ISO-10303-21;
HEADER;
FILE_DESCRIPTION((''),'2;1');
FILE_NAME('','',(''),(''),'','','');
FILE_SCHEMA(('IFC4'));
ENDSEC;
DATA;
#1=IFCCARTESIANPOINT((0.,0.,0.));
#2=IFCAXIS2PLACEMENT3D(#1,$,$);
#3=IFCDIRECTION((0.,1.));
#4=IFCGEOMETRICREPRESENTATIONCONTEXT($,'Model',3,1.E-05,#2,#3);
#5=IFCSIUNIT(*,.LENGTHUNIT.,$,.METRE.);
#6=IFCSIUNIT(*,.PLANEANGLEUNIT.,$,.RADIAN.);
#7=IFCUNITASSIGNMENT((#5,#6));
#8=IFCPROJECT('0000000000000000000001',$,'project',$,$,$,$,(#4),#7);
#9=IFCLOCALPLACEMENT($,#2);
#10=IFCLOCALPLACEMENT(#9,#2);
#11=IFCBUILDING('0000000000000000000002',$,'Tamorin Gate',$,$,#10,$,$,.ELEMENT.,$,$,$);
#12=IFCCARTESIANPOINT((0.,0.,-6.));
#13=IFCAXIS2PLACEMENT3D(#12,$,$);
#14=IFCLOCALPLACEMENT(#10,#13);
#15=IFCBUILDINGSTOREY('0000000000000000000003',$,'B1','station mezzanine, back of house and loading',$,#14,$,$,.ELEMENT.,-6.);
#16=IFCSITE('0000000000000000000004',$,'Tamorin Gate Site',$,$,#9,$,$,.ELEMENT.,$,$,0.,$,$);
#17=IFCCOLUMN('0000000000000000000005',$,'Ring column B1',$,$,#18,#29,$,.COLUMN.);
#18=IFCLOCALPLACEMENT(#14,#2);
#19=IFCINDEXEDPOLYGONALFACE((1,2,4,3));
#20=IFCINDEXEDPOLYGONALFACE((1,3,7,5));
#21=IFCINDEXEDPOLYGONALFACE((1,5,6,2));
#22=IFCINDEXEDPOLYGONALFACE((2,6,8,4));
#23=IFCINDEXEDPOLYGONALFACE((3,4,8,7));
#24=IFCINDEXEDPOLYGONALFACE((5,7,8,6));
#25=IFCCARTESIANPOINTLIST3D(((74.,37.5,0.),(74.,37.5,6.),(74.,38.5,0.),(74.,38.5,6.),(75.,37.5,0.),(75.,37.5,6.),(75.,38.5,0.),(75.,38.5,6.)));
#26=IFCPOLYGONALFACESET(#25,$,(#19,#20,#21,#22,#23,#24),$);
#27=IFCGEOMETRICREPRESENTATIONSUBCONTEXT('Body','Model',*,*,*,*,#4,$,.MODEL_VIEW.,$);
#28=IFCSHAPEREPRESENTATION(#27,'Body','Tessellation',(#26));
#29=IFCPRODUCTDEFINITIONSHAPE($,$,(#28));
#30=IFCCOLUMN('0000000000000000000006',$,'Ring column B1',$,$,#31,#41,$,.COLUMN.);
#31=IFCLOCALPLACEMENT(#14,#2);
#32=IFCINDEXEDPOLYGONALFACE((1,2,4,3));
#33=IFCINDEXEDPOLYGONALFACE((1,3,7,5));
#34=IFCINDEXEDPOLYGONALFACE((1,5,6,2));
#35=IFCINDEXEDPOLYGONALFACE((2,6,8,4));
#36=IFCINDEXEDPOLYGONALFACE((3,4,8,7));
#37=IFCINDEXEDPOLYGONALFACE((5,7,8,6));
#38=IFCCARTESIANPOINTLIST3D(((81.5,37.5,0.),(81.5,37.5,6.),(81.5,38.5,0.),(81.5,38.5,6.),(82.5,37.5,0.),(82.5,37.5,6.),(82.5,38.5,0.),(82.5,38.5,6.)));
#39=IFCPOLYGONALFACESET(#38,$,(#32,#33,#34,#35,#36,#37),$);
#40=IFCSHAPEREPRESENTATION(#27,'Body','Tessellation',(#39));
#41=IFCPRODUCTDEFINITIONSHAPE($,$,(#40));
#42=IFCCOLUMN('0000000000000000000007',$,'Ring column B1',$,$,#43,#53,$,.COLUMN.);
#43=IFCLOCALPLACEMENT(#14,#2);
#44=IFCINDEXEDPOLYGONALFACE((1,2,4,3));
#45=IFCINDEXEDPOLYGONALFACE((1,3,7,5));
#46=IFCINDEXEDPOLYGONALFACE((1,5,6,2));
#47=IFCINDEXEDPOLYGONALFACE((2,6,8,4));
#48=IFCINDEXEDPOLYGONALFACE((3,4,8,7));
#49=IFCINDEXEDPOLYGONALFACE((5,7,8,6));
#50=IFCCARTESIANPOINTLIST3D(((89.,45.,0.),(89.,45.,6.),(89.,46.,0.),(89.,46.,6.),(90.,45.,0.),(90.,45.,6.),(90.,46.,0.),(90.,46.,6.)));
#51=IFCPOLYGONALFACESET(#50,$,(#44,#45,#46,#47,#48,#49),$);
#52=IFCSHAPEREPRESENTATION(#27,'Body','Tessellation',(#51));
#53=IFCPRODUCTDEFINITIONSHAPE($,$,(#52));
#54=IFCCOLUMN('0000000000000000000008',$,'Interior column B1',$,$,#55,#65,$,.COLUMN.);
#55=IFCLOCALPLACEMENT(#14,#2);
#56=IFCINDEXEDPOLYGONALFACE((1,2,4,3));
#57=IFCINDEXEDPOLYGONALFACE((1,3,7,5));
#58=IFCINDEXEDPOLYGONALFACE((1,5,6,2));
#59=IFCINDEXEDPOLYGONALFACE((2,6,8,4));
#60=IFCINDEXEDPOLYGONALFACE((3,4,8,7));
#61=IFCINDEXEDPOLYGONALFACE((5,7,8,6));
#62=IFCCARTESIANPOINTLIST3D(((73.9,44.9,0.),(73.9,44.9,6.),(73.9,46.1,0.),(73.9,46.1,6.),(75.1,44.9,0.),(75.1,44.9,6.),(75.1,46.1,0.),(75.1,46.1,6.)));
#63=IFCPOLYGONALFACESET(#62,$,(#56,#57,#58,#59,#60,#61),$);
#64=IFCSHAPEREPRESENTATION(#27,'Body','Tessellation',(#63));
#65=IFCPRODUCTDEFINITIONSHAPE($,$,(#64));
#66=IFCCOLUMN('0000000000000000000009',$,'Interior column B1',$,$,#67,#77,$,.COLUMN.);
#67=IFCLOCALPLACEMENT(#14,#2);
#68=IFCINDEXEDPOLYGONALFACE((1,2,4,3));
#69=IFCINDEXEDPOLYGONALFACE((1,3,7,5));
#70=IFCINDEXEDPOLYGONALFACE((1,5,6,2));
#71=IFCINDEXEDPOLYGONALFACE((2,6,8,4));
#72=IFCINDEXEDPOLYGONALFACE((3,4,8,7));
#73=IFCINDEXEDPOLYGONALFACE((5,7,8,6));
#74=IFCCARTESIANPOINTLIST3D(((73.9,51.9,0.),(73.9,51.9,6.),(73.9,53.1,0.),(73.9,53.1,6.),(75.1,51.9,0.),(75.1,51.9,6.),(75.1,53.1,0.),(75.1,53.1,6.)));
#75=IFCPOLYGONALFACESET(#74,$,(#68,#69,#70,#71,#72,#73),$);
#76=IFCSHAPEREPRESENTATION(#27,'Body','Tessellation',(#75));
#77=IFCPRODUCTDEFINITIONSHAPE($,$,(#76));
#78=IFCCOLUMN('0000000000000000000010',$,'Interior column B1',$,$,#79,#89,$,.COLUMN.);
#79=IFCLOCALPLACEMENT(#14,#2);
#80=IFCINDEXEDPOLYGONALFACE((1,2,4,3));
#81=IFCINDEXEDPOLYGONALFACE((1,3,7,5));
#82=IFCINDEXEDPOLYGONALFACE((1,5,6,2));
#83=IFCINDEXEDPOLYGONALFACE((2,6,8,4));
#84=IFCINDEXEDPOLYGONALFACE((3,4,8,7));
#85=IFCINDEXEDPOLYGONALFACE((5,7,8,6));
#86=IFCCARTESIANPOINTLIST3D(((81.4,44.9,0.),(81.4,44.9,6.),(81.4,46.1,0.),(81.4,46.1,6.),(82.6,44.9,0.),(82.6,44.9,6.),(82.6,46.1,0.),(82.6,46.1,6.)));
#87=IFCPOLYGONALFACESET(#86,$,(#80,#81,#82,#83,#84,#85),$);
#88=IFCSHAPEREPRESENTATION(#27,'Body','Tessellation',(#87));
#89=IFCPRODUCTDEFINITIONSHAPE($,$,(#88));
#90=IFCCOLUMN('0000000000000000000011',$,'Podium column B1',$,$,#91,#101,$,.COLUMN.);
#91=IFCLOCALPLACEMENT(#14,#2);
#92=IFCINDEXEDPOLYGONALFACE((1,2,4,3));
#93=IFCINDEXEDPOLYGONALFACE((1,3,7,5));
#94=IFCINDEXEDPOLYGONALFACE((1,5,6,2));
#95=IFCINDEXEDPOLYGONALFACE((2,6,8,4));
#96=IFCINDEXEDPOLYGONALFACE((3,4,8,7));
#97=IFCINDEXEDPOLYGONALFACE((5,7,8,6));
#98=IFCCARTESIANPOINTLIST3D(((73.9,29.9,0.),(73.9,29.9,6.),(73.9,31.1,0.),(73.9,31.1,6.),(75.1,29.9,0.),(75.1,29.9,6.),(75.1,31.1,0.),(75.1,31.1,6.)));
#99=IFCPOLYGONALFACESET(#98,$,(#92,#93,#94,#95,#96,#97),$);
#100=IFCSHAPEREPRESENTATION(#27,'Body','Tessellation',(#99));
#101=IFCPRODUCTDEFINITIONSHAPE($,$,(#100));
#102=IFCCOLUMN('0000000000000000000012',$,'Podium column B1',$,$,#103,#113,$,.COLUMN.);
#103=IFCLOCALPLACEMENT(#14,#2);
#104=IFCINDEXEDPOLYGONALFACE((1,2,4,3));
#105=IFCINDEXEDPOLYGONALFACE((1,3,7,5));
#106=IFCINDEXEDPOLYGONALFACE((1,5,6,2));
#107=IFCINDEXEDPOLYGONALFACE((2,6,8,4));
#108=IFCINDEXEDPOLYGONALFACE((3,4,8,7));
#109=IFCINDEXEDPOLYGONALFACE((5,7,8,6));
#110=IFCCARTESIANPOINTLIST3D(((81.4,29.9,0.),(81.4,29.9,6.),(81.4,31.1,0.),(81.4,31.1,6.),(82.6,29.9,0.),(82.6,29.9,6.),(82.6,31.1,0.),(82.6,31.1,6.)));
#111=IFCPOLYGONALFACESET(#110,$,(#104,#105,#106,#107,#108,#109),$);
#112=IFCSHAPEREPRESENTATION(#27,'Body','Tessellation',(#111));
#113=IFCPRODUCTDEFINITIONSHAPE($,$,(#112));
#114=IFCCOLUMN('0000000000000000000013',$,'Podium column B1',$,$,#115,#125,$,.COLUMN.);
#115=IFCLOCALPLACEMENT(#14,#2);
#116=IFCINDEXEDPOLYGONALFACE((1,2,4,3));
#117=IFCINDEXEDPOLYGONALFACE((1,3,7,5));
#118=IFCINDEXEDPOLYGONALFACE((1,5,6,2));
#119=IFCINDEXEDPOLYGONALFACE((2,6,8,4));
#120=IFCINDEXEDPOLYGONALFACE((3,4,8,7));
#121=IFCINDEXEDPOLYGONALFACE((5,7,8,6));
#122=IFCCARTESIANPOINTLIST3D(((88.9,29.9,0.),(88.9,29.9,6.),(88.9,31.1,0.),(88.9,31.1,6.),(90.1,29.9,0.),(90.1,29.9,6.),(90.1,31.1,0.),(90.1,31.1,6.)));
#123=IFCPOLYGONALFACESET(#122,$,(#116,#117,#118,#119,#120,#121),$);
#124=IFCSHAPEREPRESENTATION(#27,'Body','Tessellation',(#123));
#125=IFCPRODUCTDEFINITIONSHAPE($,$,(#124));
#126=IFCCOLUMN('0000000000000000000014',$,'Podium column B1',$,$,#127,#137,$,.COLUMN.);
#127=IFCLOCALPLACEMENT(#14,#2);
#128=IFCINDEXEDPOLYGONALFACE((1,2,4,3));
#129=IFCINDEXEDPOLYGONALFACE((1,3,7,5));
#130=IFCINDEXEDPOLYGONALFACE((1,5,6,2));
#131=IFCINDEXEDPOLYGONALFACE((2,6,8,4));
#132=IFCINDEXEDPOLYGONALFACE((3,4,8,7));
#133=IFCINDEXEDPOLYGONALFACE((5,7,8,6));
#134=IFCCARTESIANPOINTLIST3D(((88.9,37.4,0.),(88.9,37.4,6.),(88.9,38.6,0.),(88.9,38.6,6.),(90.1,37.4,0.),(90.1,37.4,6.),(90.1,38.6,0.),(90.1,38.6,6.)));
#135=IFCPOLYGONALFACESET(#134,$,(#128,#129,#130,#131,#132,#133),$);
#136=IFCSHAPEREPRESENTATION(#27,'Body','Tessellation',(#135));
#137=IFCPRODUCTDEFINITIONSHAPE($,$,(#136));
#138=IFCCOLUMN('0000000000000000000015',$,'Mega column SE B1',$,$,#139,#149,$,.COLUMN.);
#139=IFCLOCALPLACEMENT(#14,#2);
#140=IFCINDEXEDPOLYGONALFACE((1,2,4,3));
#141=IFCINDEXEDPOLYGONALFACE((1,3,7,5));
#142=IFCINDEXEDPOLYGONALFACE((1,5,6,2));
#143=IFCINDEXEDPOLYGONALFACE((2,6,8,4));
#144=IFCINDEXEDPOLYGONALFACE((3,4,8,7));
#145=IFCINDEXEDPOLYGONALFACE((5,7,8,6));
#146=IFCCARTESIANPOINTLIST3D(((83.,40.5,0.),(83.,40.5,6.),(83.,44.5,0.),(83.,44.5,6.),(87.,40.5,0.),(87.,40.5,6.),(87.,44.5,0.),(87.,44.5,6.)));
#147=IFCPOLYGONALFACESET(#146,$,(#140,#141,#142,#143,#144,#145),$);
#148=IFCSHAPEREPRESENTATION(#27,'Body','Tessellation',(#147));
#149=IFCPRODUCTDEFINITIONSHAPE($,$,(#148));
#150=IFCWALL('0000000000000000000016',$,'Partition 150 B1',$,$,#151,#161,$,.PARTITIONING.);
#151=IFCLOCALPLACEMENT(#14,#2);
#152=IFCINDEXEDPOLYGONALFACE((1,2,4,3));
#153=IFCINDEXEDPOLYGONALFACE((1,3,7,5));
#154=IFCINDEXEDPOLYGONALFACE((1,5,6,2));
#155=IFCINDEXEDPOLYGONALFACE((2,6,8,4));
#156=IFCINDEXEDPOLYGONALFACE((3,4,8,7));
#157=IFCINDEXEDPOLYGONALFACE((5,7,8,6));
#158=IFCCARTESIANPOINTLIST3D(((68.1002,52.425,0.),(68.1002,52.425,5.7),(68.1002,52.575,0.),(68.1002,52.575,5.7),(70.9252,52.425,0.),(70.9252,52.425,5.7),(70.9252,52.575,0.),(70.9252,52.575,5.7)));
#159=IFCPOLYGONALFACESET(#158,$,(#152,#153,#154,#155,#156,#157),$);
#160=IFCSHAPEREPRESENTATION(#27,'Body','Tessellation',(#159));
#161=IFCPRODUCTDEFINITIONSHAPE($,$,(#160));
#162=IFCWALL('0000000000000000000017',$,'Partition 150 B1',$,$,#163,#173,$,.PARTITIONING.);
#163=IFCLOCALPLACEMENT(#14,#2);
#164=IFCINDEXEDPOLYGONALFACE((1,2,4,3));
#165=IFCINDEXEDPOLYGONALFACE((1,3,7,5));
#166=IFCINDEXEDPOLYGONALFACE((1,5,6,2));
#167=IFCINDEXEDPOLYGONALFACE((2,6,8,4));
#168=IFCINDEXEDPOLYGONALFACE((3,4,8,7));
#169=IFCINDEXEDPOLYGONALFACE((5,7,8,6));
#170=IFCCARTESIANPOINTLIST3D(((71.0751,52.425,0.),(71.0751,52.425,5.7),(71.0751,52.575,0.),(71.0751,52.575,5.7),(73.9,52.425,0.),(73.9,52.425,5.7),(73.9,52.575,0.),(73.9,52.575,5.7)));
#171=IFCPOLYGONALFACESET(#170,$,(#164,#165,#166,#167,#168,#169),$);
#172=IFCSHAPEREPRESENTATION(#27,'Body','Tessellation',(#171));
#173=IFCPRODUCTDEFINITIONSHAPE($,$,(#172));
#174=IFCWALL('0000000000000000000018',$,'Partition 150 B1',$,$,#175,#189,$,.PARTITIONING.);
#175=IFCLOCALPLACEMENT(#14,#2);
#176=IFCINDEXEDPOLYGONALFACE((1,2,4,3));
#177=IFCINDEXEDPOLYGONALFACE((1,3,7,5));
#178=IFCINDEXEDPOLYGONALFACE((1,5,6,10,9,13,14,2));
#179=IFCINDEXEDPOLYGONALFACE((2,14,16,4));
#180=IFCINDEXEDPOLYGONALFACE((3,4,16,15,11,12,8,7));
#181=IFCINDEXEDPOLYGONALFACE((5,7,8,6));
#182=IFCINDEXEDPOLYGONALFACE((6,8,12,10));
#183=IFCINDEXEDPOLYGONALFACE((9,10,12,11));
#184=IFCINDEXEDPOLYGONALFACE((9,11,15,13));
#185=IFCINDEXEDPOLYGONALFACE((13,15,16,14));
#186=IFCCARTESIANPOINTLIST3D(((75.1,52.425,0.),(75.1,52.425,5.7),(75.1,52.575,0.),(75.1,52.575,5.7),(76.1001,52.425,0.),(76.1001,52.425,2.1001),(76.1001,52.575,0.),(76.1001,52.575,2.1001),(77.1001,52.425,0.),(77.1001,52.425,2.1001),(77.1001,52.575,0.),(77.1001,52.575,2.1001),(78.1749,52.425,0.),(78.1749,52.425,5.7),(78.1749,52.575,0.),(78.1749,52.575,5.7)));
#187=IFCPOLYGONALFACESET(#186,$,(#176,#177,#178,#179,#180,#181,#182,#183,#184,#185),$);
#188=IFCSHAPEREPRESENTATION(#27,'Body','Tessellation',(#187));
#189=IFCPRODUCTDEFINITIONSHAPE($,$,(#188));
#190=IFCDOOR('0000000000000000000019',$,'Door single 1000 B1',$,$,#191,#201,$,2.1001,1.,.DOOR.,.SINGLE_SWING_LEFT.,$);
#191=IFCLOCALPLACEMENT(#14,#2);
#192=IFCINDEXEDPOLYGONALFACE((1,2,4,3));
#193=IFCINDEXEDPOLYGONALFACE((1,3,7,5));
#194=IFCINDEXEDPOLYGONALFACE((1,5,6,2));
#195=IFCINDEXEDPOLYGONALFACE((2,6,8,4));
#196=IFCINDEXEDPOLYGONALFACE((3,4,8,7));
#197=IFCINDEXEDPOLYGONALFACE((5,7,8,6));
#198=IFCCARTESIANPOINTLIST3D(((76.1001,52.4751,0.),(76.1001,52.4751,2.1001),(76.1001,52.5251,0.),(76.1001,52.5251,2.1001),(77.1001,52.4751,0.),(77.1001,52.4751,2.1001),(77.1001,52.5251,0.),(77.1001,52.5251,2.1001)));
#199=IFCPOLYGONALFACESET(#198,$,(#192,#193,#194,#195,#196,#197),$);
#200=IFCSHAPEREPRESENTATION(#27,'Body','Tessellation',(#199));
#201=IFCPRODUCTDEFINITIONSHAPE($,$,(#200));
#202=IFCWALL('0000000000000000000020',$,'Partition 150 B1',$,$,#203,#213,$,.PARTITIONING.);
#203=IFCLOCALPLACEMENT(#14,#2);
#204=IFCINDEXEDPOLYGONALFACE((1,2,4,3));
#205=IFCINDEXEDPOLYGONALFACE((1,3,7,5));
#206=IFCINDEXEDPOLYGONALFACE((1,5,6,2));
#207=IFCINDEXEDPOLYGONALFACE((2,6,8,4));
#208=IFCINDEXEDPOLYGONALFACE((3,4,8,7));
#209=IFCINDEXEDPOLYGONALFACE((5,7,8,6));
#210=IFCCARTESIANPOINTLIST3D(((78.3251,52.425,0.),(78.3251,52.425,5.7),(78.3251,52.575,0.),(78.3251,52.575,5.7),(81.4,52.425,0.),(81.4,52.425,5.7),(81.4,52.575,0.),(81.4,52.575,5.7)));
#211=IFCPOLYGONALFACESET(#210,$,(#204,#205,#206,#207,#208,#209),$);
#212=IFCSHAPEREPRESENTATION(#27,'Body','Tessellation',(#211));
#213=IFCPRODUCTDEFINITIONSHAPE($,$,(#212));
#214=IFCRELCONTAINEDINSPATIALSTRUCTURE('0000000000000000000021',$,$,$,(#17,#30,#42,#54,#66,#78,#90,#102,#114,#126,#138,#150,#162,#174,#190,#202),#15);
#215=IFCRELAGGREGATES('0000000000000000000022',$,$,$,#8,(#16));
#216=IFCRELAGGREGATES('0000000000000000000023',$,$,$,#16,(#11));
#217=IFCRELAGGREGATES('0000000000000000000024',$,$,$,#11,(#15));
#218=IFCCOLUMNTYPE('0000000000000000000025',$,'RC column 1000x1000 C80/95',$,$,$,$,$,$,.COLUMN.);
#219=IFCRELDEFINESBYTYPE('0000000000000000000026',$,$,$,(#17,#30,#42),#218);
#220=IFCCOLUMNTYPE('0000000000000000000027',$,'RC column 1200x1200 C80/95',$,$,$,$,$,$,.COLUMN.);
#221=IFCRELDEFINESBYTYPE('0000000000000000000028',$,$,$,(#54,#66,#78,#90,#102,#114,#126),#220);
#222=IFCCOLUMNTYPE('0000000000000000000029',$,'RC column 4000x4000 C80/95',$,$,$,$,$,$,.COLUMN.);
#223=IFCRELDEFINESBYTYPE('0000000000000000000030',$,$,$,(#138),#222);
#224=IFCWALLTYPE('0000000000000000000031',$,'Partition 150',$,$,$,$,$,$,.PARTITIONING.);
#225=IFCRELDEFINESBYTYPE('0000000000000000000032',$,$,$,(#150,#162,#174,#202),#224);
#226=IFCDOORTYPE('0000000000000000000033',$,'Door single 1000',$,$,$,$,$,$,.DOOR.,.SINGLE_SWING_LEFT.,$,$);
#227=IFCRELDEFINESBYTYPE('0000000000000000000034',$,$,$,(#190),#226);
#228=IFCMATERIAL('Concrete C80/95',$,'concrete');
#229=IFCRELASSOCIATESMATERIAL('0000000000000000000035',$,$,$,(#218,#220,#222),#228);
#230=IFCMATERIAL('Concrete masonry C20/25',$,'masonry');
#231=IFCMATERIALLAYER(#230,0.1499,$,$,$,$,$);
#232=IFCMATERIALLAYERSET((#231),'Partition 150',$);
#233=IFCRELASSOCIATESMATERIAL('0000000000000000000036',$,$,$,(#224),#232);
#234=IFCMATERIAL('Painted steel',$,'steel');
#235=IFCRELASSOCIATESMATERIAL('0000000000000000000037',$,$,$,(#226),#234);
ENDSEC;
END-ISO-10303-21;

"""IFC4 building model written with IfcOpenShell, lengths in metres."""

from ifc_helpers import new_model, si_unit, direction, frame, frame_2d, origin, origin_2d, place, context, subcontext, project, spatial, rectangle, extrude, material, layer, layer_set, material_profile, profile_set, type_object, element, fill, save


model = new_model("IFC4")

# Units and contexts
model_context = context("Model", 3, precision=1e-05, world=origin(), true_north=direction((0.0, 1.0)))
body_context = subcontext(model_context, "Body", "Model", "MODEL_VIEW")
ifc_project = project(units=[si_unit("LENGTHUNIT", "METRE"), si_unit("PLANEANGLEUNIT", "RADIAN")], contexts=[model_context])

# Site, building, storey
site_placement = place(None, origin())
site = spatial("IfcSite", under=ifc_project, at=site_placement, Name="Tamorin Gate Site", CompositionType="ELEMENT", RefElevation=0.0)
building_placement = place(site_placement, origin())
building = spatial("IfcBuilding", under=site, at=building_placement, Name="Tamorin Gate", CompositionType="ELEMENT")
storey_placement = place(building_placement, frame((0.0, 0.0, -6.0)))
storey = spatial("IfcBuildingStorey", under=building, at=storey_placement, Name="B1", Description="station mezzanine, back of house and loading", CompositionType="ELEMENT", Elevation=-6.0)

# Columns
ifc_material_1 = material(Name="Concrete C80/95", Category="concrete")
ifc_material_profile_1 = material_profile(ifc_material_1, rectangle(XDim=1.0, YDim=1.0, at=origin_2d()), Name="RC 1000x1000")
ifc_profile_set_1 = profile_set([ifc_material_profile_1], Name="Concrete C80/95")
column_type_1 = type_object("IfcColumnType", Name="RC column 1000x1000 C80/95", PredefinedType="COLUMN", material=ifc_profile_set_1)
for number, where, z_axis, x_axis, name in (
    (1, (74.5, 38.0, 0.0), (0.0, 0.0, 1.0), (1.0, 0.0, 0.0), "Ring column B1"),
    (2, (82.0, 38.0, 0.0), (0.0, 0.0, 1.0), (1.0, 0.0, 0.0), "Ring column B1"),
    (3, (89.5, 45.5, 0.0), (0.0, 0.0, 1.0), (1.0, 0.0, 0.0), "Ring column B1"),
):
    element("IfcColumn", number, at=place(storey_placement, frame(where, z_axis=z_axis, x_axis=x_axis)), inside=storey, type_object=column_type_1, Name=name, PredefinedType="COLUMN", context=body_context, shape_type="SweptSolid", body=[
        extrude(rectangle(XDim=1.0, YDim=1.0, at=origin_2d()), origin(), (0.0, 0.0, 1.0), 6.0),
    ])
ifc_material_profile_2 = material_profile(ifc_material_1, rectangle(XDim=1.2, YDim=1.2, at=origin_2d()), Name="RC 1200x1200")
ifc_profile_set_2 = profile_set([ifc_material_profile_2], Name="Concrete C80/95")
column_type_2 = type_object("IfcColumnType", Name="RC column 1200x1200 C80/95", PredefinedType="COLUMN", material=ifc_profile_set_2)
for number, where, z_axis, x_axis, name in (
    (4, (74.5, 45.5, 0.0), (0.0, 0.0, 1.0), (1.0, 0.0, 0.0), "Interior column B1"),
    (5, (74.5, 52.5, 0.0), (0.0, 0.0, 1.0), (1.0, 0.0, 0.0), "Interior column B1"),
    (6, (82.0, 45.5, 0.0), (0.0, 0.0, 1.0), (1.0, 0.0, 0.0), "Interior column B1"),
    (7, (74.5, 30.5, 0.0), (0.0, 0.0, 1.0), (1.0, 0.0, 0.0), "Podium column B1"),
    (8, (82.0, 30.5, 0.0), (0.0, 0.0, 1.0), (1.0, 0.0, 0.0), "Podium column B1"),
    (9, (89.5, 30.5, 0.0), (0.0, 0.0, 1.0), (1.0, 0.0, 0.0), "Podium column B1"),
    (10, (89.5, 38.0, 0.0), (0.0, 0.0, 1.0), (1.0, 0.0, 0.0), "Podium column B1"),
):
    element("IfcColumn", number, at=place(storey_placement, frame(where, z_axis=z_axis, x_axis=x_axis)), inside=storey, type_object=column_type_2, Name=name, PredefinedType="COLUMN", context=body_context, shape_type="SweptSolid", body=[
        extrude(rectangle(XDim=1.2, YDim=1.2, at=origin_2d()), origin(), (0.0, 0.0, 1.0), 6.0),
    ])
ifc_material_profile_3 = material_profile(ifc_material_1, rectangle(XDim=4.0, YDim=4.0, at=origin_2d()), Name="RC 4000x4000")
ifc_profile_set_3 = profile_set([ifc_material_profile_3], Name="Concrete C80/95")
column_type_3 = type_object("IfcColumnType", Name="RC column 4000x4000 C80/95", PredefinedType="COLUMN", material=ifc_profile_set_3)
column_placement = place(storey_placement, frame((85.0, 42.5, 0.0), z_axis=(0.0, 0.0, 1.0), x_axis=(1.0, 0.0, 0.0)))
element("IfcColumn", 11, at=column_placement, inside=storey, type_object=column_type_3, Name="Mega column SE B1", PredefinedType="COLUMN", context=body_context, shape_type="SweptSolid", body=[
    extrude(rectangle(XDim=4.0, YDim=4.0, at=origin_2d()), origin(), (0.0, 0.0, 1.0), 6.0),
])

# Walls
ifc_material_2 = material(Name="Concrete masonry C20/25", Category="masonry")
ifc_layer_1 = layer(ifc_material_2, 0.1499)
ifc_layer_set_1 = layer_set([ifc_layer_1], Name="Partition 150")
wall_type_1 = type_object("IfcWallType", Name="Partition 150", PredefinedType="PARTITIONING", material=ifc_layer_set_1)
for number, where, z_axis, x_axis, name in (
    (12, (68.1001, 52.5, 0.0), (0.0, 0.0, 1.0), (1.0, 0.0, 0.0), "Partition 150 B1"),
    (13, (71.075, 52.5, 0.0), (0.0, 0.0, 1.0), (1.0, 0.0, 0.0), "Partition 150 B1"),
):
    element("IfcWall", number, at=place(storey_placement, frame(where, z_axis=z_axis, x_axis=x_axis)), inside=storey, type_object=wall_type_1, Name=name, PredefinedType="PARTITIONING", context=body_context, shape_type="SweptSolid", body=[
        extrude(rectangle(XDim=2.825, YDim=0.1499, at=frame_2d((1.4126, 0.0))), origin(), (0.0, 0.0, 1.0), 5.7),
    ])

# Wall, opening, door
wall_1_placement = place(storey_placement, frame((78.175, 52.5, 0.0), z_axis=(0.0, 0.0, 1.0), x_axis=(-1.0, 0.0, 0.0)))
wall_1 = element("IfcWall", 14, at=wall_1_placement, inside=storey, type_object=wall_type_1, Name="Partition 150 B1", PredefinedType="PARTITIONING", context=body_context, shape_type="SweptSolid", body=[
    extrude(rectangle(XDim=3.075, YDim=0.1499, at=frame_2d((1.5376, 0.0))), origin(), (0.0, 0.0, 1.0), 5.7),
])
opening_1_placement = place(wall_1_placement, frame((1.075, 0.0, 0.0)))
opening_1 = element("IfcOpeningElement", 15, at=opening_1_placement, cuts=wall_1, PredefinedType="OPENING", context=body_context, shape_type="SweptSolid", body=[
    extrude(rectangle(XDim=1.0, YDim=2.1001, at=frame_2d((0.5, 1.05))), frame((0.0, 0.085, 0.0), z_axis=(0.0, -1.0, 0.0), x_axis=(1.0, 0.0, 0.0)), (0.0, 0.0, 1.0), 0.1699),
])
ifc_material_3 = material(Name="Painted steel", Category="steel")
door_type_1 = type_object("IfcDoorType", Name="Door single 1000", OperationType="SINGLE_SWING_LEFT", PredefinedType="DOOR", material=ifc_material_3)
door_1_placement = place(opening_1_placement, origin())
door_1 = element("IfcDoor", 16, at=door_1_placement, inside=storey, type_object=door_type_1, Name="Door single 1000 B1", OperationType="SINGLE_SWING_LEFT", OverallHeight=2.1001, OverallWidth=1.0, PredefinedType="DOOR", context=body_context, shape_type="SweptSolid", body=[
    extrude(rectangle(XDim=1.0, YDim=2.1001, at=frame_2d((0.5, 1.05))), frame((0.0, 0.0249, 0.0), z_axis=(0.0, -1.0, 0.0), x_axis=(1.0, 0.0, 0.0)), (0.0, 0.0, 1.0), 0.05),
])
fill(opening_1, door_1)

# Wall
wall_2_placement = place(storey_placement, frame((78.325, 52.5, 0.0), z_axis=(0.0, 0.0, 1.0), x_axis=(1.0, 0.0, 0.0)))
element("IfcWall", 17, at=wall_2_placement, inside=storey, type_object=wall_type_1, Name="Partition 150 B1", PredefinedType="PARTITIONING", context=body_context, shape_type="SweptSolid", body=[
    extrude(rectangle(XDim=3.075, YDim=0.1499, at=frame_2d((1.5376, 0.0))), origin(), (0.0, 0.0, 1.0), 5.7),
])

save(model, "model.ifc")
